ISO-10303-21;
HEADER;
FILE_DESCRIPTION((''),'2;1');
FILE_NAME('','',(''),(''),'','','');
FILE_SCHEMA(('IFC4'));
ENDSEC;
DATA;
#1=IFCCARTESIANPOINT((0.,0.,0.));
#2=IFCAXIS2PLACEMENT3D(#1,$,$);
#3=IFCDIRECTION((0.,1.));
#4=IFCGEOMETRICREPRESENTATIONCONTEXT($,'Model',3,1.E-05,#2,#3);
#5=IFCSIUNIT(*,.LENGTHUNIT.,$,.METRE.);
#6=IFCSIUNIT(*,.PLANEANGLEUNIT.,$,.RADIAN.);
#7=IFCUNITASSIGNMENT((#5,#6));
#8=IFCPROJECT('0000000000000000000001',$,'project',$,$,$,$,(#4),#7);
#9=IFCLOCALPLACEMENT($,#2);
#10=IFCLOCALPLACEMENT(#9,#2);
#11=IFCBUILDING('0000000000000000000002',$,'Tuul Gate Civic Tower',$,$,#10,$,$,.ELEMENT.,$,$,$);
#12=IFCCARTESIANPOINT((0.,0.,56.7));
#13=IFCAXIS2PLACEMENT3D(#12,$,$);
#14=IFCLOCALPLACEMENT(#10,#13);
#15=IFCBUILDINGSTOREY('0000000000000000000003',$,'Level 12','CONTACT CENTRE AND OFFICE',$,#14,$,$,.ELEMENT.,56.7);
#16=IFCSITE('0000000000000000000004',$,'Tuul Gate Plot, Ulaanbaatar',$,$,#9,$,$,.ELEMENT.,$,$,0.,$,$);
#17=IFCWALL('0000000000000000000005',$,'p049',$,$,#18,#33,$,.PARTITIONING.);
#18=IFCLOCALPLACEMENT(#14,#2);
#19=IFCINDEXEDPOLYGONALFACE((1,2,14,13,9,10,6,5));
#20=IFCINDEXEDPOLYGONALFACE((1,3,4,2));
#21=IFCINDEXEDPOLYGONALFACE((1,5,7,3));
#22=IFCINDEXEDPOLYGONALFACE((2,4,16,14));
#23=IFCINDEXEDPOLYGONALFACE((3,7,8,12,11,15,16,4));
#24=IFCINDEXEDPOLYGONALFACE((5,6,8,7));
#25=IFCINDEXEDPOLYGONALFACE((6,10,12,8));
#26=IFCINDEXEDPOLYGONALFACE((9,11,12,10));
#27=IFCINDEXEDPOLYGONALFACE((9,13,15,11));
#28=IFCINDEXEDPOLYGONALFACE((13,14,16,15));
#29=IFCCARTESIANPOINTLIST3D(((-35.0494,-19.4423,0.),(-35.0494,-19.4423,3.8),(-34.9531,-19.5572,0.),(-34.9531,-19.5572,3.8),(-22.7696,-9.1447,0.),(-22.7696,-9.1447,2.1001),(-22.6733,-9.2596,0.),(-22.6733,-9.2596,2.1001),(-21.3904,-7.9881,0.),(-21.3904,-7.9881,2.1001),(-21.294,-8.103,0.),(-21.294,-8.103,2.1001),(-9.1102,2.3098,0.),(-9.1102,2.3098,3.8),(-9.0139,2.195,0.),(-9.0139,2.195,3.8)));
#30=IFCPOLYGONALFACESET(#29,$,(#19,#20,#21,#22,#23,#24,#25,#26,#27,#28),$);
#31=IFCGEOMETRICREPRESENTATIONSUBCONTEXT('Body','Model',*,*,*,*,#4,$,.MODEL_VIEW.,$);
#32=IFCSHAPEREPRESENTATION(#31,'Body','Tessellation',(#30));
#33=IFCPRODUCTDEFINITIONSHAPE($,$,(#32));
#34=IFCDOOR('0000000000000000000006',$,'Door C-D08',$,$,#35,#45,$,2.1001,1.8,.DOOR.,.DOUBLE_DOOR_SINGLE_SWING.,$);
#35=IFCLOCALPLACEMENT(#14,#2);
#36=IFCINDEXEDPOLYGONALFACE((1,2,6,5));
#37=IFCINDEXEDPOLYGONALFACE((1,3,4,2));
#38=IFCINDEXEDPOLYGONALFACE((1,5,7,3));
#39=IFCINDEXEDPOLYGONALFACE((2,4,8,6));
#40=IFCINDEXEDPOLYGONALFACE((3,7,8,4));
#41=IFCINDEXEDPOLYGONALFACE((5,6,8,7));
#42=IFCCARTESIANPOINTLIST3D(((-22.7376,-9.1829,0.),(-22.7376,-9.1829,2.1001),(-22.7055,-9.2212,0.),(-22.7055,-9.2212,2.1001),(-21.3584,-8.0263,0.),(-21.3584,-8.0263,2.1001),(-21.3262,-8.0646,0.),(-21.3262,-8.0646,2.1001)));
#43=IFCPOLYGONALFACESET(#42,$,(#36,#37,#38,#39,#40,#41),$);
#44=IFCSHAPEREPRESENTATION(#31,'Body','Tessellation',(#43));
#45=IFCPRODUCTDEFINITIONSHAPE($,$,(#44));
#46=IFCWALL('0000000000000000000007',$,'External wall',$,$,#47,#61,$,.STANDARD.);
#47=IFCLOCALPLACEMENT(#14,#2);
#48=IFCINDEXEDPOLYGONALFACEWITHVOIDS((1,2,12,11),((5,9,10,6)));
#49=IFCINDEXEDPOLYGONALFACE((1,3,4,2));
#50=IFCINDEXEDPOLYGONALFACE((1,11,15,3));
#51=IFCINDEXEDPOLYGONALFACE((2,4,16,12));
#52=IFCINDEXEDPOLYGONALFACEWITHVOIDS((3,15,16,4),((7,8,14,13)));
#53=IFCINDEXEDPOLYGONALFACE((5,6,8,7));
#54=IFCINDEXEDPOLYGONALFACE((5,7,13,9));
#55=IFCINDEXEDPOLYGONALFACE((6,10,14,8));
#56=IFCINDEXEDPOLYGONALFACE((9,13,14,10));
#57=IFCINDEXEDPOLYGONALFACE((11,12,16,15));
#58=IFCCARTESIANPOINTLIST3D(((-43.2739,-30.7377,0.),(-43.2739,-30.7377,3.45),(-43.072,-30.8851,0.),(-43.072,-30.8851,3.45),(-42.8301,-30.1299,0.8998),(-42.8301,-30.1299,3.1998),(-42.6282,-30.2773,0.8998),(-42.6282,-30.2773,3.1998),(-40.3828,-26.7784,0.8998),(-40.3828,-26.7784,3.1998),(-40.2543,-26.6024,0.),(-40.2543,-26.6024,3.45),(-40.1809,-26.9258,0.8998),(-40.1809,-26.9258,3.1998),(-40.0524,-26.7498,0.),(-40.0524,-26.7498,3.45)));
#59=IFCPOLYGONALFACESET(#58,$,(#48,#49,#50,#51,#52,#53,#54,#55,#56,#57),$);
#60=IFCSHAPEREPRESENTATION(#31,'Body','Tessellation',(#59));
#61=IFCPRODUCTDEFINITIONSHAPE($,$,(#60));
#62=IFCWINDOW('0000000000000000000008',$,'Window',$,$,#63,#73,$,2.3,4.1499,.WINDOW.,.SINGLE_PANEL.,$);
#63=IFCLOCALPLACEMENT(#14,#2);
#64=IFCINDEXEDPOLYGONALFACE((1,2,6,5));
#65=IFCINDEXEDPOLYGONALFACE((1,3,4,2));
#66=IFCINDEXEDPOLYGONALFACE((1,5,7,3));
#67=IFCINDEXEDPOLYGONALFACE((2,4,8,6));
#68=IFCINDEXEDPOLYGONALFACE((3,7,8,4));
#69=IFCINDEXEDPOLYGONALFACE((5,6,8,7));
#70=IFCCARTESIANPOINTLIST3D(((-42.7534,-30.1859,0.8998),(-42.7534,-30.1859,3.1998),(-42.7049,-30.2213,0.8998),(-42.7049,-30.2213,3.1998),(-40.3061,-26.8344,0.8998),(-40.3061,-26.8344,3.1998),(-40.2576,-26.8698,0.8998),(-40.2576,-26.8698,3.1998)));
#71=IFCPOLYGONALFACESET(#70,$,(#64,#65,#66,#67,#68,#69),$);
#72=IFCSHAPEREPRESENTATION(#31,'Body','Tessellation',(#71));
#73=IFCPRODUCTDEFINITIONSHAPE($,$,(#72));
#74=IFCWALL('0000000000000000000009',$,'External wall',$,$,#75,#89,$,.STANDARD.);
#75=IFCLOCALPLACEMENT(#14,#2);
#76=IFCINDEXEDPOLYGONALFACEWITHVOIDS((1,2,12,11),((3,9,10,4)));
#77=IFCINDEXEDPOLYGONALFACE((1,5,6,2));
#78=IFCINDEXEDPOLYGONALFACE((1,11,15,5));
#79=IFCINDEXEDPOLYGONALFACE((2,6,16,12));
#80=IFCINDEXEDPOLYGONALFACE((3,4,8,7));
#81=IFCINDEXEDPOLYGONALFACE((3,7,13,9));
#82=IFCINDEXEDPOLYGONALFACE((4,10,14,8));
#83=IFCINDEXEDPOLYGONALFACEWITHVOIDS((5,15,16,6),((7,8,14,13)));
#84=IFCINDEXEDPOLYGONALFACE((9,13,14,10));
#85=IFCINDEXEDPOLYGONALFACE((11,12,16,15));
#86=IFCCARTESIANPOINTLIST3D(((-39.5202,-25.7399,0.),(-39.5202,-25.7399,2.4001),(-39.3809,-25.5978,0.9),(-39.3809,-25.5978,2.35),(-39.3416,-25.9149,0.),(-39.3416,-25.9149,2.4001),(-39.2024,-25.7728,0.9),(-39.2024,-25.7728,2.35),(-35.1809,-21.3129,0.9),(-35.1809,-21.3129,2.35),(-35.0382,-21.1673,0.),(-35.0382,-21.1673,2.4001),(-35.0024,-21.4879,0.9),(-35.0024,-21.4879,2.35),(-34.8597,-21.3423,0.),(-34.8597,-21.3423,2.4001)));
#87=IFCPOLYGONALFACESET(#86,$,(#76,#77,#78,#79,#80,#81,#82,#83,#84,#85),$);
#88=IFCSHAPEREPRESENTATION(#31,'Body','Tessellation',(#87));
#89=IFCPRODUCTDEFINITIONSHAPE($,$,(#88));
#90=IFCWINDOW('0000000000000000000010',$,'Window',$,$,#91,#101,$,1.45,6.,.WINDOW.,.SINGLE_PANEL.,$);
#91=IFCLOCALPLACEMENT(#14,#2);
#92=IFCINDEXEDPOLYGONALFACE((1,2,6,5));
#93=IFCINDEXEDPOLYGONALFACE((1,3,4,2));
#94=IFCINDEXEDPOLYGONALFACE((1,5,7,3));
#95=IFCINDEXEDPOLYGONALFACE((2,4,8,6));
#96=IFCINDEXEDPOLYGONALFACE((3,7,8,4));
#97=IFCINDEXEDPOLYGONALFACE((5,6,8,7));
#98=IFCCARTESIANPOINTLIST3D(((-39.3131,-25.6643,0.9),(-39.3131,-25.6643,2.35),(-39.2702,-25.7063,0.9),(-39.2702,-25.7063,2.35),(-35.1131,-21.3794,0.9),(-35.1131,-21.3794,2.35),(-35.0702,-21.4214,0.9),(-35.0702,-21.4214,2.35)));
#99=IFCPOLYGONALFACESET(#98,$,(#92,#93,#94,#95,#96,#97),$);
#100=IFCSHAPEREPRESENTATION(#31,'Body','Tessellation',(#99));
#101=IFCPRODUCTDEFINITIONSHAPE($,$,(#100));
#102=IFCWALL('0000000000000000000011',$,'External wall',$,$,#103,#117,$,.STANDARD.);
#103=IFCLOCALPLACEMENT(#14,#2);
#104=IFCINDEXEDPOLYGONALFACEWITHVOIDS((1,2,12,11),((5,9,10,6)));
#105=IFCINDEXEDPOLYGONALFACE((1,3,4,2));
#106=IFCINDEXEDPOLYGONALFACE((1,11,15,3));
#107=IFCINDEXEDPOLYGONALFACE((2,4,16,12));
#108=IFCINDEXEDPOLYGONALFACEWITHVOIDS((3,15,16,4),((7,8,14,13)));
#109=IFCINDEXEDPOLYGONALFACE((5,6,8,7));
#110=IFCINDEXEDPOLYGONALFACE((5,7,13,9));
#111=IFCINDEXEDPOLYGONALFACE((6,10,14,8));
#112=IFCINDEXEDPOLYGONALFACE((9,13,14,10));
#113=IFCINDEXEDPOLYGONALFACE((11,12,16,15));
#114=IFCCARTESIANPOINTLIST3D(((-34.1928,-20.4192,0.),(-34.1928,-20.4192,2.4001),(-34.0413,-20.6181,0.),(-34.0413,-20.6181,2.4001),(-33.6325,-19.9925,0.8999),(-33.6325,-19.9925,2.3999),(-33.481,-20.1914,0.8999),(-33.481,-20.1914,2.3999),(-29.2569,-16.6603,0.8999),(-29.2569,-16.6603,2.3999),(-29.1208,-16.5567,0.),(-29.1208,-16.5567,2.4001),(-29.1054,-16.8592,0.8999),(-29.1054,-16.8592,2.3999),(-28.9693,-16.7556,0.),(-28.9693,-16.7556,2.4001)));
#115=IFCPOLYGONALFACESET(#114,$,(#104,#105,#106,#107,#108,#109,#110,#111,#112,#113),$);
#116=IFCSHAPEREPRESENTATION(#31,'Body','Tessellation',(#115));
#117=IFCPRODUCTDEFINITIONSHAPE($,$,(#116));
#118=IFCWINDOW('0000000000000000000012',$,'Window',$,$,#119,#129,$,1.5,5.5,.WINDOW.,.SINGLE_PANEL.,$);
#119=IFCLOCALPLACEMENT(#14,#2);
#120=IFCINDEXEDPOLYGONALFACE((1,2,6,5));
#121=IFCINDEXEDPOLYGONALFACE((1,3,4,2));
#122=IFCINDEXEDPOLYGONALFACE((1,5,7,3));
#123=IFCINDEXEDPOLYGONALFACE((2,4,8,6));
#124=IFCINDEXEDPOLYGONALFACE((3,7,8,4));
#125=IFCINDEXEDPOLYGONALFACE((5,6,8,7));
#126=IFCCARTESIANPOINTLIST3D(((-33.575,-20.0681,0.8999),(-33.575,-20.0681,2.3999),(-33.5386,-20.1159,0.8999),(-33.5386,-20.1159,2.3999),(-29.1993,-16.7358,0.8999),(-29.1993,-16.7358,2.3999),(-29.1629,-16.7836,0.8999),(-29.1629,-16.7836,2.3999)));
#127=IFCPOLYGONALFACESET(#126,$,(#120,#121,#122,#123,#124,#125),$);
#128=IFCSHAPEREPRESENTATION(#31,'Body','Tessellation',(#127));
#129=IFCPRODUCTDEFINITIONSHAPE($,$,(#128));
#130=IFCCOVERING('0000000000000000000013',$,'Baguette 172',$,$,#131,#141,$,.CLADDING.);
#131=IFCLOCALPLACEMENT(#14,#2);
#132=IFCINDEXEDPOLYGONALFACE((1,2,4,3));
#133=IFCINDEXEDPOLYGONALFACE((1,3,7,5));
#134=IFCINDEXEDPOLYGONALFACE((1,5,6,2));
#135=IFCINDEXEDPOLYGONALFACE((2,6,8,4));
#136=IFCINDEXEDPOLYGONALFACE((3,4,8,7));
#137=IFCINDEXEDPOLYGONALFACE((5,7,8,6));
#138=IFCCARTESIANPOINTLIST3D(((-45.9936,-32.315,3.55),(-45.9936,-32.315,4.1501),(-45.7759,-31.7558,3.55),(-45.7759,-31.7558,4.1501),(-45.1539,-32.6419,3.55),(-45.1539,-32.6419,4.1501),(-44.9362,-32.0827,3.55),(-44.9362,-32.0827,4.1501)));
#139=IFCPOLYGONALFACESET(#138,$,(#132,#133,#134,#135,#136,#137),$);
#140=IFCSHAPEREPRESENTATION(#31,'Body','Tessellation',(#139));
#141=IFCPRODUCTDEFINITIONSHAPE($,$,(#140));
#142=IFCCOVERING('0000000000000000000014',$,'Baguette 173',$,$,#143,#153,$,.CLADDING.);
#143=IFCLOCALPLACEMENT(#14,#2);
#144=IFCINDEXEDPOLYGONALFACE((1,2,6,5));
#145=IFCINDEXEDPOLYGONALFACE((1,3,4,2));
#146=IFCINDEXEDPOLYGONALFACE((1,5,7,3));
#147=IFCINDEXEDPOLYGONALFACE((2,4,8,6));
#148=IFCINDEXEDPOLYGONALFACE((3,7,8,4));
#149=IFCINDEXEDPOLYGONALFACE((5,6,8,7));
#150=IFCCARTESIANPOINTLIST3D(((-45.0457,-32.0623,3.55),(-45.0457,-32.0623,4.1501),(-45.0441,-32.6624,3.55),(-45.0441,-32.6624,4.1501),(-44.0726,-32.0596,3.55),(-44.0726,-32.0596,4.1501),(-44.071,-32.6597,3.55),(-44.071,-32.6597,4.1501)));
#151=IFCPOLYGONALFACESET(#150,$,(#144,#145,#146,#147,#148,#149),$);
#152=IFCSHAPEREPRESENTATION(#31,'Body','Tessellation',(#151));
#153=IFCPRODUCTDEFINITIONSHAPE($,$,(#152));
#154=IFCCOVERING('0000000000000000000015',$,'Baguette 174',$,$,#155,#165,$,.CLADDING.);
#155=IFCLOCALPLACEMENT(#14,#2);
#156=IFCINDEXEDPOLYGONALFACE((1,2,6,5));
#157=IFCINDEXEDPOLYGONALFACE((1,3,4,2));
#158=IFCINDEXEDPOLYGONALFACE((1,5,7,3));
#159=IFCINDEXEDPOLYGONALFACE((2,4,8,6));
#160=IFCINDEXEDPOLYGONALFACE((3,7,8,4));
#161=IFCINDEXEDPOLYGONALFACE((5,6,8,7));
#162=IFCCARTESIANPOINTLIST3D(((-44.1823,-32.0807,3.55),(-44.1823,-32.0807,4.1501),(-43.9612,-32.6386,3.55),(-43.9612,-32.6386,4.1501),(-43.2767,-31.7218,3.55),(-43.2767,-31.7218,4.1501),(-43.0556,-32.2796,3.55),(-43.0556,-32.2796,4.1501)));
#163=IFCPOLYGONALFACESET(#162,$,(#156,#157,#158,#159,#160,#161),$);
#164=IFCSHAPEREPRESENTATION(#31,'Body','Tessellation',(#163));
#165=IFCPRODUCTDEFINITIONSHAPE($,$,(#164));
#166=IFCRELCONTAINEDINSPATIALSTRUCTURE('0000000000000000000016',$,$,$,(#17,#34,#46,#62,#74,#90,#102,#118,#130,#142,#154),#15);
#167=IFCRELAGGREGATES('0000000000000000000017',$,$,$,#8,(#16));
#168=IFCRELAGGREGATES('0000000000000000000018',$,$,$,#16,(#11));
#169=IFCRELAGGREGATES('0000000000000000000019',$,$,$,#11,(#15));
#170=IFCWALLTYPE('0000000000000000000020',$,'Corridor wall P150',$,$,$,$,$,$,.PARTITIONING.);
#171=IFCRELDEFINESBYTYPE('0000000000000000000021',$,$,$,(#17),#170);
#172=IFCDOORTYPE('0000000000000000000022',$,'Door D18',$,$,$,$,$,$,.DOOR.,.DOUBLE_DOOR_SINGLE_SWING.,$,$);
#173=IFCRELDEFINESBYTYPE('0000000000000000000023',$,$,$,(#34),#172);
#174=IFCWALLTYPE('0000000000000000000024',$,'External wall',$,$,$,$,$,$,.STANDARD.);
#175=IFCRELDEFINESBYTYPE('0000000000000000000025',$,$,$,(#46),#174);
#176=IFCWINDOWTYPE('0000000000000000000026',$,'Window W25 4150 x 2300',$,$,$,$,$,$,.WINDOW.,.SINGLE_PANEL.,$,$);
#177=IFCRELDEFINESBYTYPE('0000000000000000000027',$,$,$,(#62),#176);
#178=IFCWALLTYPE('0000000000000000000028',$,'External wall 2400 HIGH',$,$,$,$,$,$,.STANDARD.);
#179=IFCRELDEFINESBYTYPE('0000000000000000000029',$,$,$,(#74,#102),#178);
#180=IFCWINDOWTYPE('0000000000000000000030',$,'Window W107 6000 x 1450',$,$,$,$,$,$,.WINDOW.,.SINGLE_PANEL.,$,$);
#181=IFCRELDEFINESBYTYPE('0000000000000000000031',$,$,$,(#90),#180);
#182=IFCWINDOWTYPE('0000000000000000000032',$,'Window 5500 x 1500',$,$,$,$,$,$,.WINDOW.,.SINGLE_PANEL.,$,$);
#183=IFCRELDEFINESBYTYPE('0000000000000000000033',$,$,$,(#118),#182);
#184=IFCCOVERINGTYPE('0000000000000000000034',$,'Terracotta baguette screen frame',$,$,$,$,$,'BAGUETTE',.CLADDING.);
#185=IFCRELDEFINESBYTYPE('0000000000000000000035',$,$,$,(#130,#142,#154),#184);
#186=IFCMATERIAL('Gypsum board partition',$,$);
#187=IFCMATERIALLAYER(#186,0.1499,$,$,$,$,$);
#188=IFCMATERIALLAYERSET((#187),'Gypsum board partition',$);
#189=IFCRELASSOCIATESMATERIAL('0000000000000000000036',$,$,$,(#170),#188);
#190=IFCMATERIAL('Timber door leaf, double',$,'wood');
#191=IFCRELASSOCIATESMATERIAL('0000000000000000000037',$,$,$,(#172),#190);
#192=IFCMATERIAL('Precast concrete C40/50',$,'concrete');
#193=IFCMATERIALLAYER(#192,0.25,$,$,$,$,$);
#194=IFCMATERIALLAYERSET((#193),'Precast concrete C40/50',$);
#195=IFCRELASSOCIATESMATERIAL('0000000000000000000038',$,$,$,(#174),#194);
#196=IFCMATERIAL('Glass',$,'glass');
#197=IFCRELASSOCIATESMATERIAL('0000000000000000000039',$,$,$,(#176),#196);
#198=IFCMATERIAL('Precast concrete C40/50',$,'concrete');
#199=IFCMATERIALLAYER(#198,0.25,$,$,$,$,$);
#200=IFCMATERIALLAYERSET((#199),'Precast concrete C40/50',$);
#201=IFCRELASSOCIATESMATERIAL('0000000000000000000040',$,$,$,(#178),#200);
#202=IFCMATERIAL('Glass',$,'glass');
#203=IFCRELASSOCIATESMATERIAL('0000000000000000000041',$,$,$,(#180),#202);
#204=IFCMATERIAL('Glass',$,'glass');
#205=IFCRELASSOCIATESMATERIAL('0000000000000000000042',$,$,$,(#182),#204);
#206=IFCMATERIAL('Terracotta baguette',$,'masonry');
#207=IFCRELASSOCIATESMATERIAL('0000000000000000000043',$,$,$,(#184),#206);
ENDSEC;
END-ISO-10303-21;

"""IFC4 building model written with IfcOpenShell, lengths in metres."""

from ifc_helpers import new_model, si_unit, direction, frame, frame_2d, origin, origin_2d, place, context, subcontext, project, spatial, rectangle, extrude, material, layer, layer_set, material_profile, profile_set, type_object, element, fill, save


model = new_model("IFC4")

# Units and contexts
model_context = context("Model", 3, precision=1e-05, world=origin(), true_north=direction((0.0, 1.0)))
body_context = subcontext(model_context, "Body", "Model", "MODEL_VIEW")
ifc_project = project(units=[si_unit("LENGTHUNIT", "METRE"), si_unit("PLANEANGLEUNIT", "RADIAN")], contexts=[model_context])

# Site, building, storey
site_placement = place(None, origin())
site = spatial("IfcSite", under=ifc_project, at=site_placement, Name="Tuul Gate Plot, Ulaanbaatar", CompositionType="ELEMENT", RefElevation=0.0)
building_placement = place(site_placement, origin())
building = spatial("IfcBuilding", under=site, at=building_placement, Name="Tuul Gate Civic Tower", CompositionType="ELEMENT")
storey_placement = place(building_placement, frame((0.0, 0.0, 56.7)))
storey = spatial("IfcBuildingStorey", under=building, at=storey_placement, Name="Level 12", Description="CONTACT CENTRE AND OFFICE", CompositionType="ELEMENT", Elevation=56.7)

# Shared definitions
ifc_material_1 = material(Name="Gypsum board partition")
ifc_layer_1 = layer(ifc_material_1, 0.1499)
ifc_layer_set_1 = layer_set([ifc_layer_1], Name="Gypsum board partition")
wall_type_1 = type_object("IfcWallType", Name="Corridor wall P150", PredefinedType="PARTITIONING", material=ifc_layer_set_1)

# Wall, opening, door
wall_1_placement = place(storey_placement, frame((-35.0012, -19.4998, 0.0), z_axis=(0.0, 0.0, 1.0), x_axis=(0.766239, 0.642556, 0.0)))
wall_1 = element("IfcWall", 1, at=wall_1_placement, inside=storey, type_object=wall_type_1, Name="p049", PredefinedType="PARTITIONING", context=body_context, shape_type="SweptSolid", body=[
    extrude(rectangle(XDim=33.8525, YDim=0.1499, at=frame_2d((16.9263, 0.0))), origin(), (0.0, 0.0, 1.0), 3.8),
])
opening_1_placement = place(wall_1_placement, frame((16.0261, 0.0, 0.0)))
opening_1 = element("IfcOpeningElement", 2, at=opening_1_placement, cuts=wall_1, PredefinedType="OPENING", context=body_context, shape_type="SweptSolid", body=[
    extrude(rectangle(XDim=1.8, YDim=2.1001, at=frame_2d((0.8999, 1.05))), frame((0.0, 0.085, 0.0), z_axis=(0.0, -1.0, 0.0), x_axis=(1.0, 0.0, 0.0)), (0.0, 0.0, 1.0), 0.1699),
])
ifc_material_2 = material(Name="Timber door leaf, double", Category="wood")
door_type = type_object("IfcDoorType", Name="Door D18", OperationType="DOUBLE_DOOR_SINGLE_SWING", PredefinedType="DOOR", material=ifc_material_2)
door_placement = place(opening_1_placement, frame((1.8, 0.0, 0.0), z_axis=(0.0, 0.0, 1.0), x_axis=(-1.0, 0.0, 0.0)))
door = element("IfcDoor", 3, at=door_placement, inside=storey, type_object=door_type, Name="Door C-D08", OperationType="DOUBLE_DOOR_SINGLE_SWING", OverallHeight=2.1001, OverallWidth=1.8, PredefinedType="DOOR", context=body_context, shape_type="SweptSolid", body=[
    extrude(rectangle(XDim=1.8, YDim=2.1001, at=frame_2d((0.9001, 1.05))), frame((0.0, 0.0249, 0.0), z_axis=(0.0, -1.0, 0.0), x_axis=(1.0, 0.0, 0.0)), (0.0, 0.0, 1.0), 0.05),
])
fill(opening_1, door)

# Walls, openings, windows
ifc_material_3 = material(Name="Precast concrete C40/50", Category="concrete")
ifc_layer_2 = layer(ifc_material_3, 0.25)
ifc_layer_set_2 = layer_set([ifc_layer_2], Name="Precast concrete C40/50")
wall_type_2 = type_object("IfcWallType", Name="External wall", PredefinedType="STANDARD", material=ifc_layer_set_2)
wall_2_placement = place(storey_placement, frame((-43.1729, -30.8113, 0.0), z_axis=(0.0, 0.0, 1.0), x_axis=(0.589713, 0.807613, 0.0)))
wall_2 = element("IfcWall", 4, at=wall_2_placement, inside=storey, type_object=wall_type_2, Name="External wall", PredefinedType="STANDARD", context=body_context, shape_type="SweptSolid", body=[
    extrude(rectangle(XDim=5.1204, YDim=0.25, at=frame_2d((2.5601, 0.0))), origin(), (0.0, 0.0, 1.0), 3.45),
])
opening_2_placement = place(wall_2_placement, frame((0.7524, 0.0, 0.8999)))
opening_2 = element("IfcOpeningElement", 5, at=opening_2_placement, cuts=wall_2, PredefinedType="OPENING", context=body_context, shape_type="SweptSolid", body=[
    extrude(rectangle(XDim=4.1499, YDim=2.3, at=frame_2d((2.075, 1.1499))), frame((0.0, 0.135, 0.0), z_axis=(0.0, -1.0, 0.0), x_axis=(1.0, 0.0, 0.0)), (0.0, 0.0, 1.0), 0.27),
])
ifc_material_4 = material(Name="Glass", Category="glass")
window_type_1 = type_object("IfcWindowType", Name="Window W25 4150 x 2300", PartitioningType="SINGLE_PANEL", PredefinedType="WINDOW", material=ifc_material_4)
window_1_placement = place(opening_2_placement, origin())
window_1 = element("IfcWindow", 6, at=window_1_placement, inside=storey, type_object=window_type_1, Name="Window", OverallHeight=2.3, OverallWidth=4.1499, PartitioningType="SINGLE_PANEL", PredefinedType="WINDOW", context=body_context, shape_type="SweptSolid", body=[
    extrude(rectangle(XDim=4.1499, YDim=2.3, at=frame_2d((2.075, 1.1499))), frame((0.0, 0.03, 0.0), z_axis=(0.0, -1.0, 0.0), x_axis=(1.0, 0.0, 0.0)), (0.0, 0.0, 1.0), 0.0601),
])
fill(opening_2, window_1)
ifc_material_5 = material(Name="Precast concrete C40/50", Category="concrete")
ifc_layer_3 = layer(ifc_material_5, 0.25)
ifc_layer_set_3 = layer_set([ifc_layer_3], Name="Precast concrete C40/50")
wall_type_3 = type_object("IfcWallType", Name="External wall 2400 HIGH", PredefinedType="STANDARD", material=ifc_layer_set_3)
wall_3_placement = place(storey_placement, frame((-39.4309, -25.8274, 0.0), z_axis=(0.0, 0.0, 1.0), x_axis=(0.699998, 0.714145, 0.0)))
wall_3 = element("IfcWall", 7, at=wall_3_placement, inside=storey, type_object=wall_type_3, Name="External wall", PredefinedType="STANDARD", context=body_context, shape_type="SweptSolid", body=[
    extrude(rectangle(XDim=6.4028, YDim=0.25, at=frame_2d((3.2014, 0.0))), origin(), (0.0, 0.0, 1.0), 2.4001),
])
opening_3_placement = place(wall_3_placement, frame((0.199, 0.0, 0.8999)))
opening_3 = element("IfcOpeningElement", 8, at=opening_3_placement, cuts=wall_3, PredefinedType="OPENING", context=body_context, shape_type="SweptSolid", body=[
    extrude(rectangle(XDim=6.0, YDim=1.45, at=frame_2d((3.0, 0.7251))), frame((0.0, 0.135, 0.0), z_axis=(0.0, -1.0, 0.0), x_axis=(1.0, 0.0, 0.0)), (0.0, 0.0, 1.0), 0.27),
])
ifc_material_6 = material(Name="Glass", Category="glass")
window_type_2 = type_object("IfcWindowType", Name="Window W107 6000 x 1450", PartitioningType="SINGLE_PANEL", PredefinedType="WINDOW", material=ifc_material_6)
window_2_placement = place(opening_3_placement, origin())
window_2 = element("IfcWindow", 9, at=window_2_placement, inside=storey, type_object=window_type_2, Name="Window", OverallHeight=1.45, OverallWidth=6.0, PartitioningType="SINGLE_PANEL", PredefinedType="WINDOW", context=body_context, shape_type="SweptSolid", body=[
    extrude(rectangle(XDim=6.0, YDim=1.45, at=frame_2d((3.0, 0.7251))), frame((0.0, 0.03, 0.0), z_axis=(0.0, -1.0, 0.0), x_axis=(1.0, 0.0, 0.0)), (0.0, 0.0, 1.0), 0.0601),
])
fill(opening_3, window_2)
wall_4_placement = place(storey_placement, frame((-34.1169, -20.5186, 0.0), z_axis=(0.0, 0.0, 1.0), x_axis=(0.795571, 0.60586, 0.0)))
wall_4 = element("IfcWall", 10, at=wall_4_placement, inside=storey, type_object=wall_type_3, Name="External wall", PredefinedType="STANDARD", context=body_context, shape_type="SweptSolid", body=[
    extrude(rectangle(XDim=6.3752, YDim=0.25, at=frame_2d((3.1875, 0.0))), origin(), (0.0, 0.0, 1.0), 2.4001),
])
opening_4_placement = place(wall_4_placement, frame((0.7041, 0.0, 0.8999)))
opening_4 = element("IfcOpeningElement", 11, at=opening_4_placement, cuts=wall_4, PredefinedType="OPENING", context=body_context, shape_type="SweptSolid", body=[
    extrude(rectangle(XDim=5.5, YDim=1.5, at=frame_2d((2.75, 0.75))), frame((0.0, 0.135, 0.0), z_axis=(0.0, -1.0, 0.0), x_axis=(1.0, 0.0, 0.0)), (0.0, 0.0, 1.0), 0.27),
])
ifc_material_7 = material(Name="Glass", Category="glass")
window_type_3 = type_object("IfcWindowType", Name="Window 5500 x 1500", PartitioningType="SINGLE_PANEL", PredefinedType="WINDOW", material=ifc_material_7)
window_3_placement = place(opening_4_placement, origin())
window_3 = element("IfcWindow", 12, at=window_3_placement, inside=storey, type_object=window_type_3, Name="Window", OverallHeight=1.5, OverallWidth=5.5, PartitioningType="SINGLE_PANEL", PredefinedType="WINDOW", context=body_context, shape_type="SweptSolid", body=[
    extrude(rectangle(XDim=5.5, YDim=1.5, at=frame_2d((2.75, 0.75))), frame((0.0, 0.03, 0.0), z_axis=(0.0, -1.0, 0.0), x_axis=(1.0, 0.0, 0.0)), (0.0, 0.0, 1.0), 0.0601),
])
fill(opening_4, window_3)

# Coverings
ifc_material_8 = material(Name="Terracotta baguette", Category="masonry")
ifc_material_profile_1 = material_profile(ifc_material_8, rectangle(XDim=0.6001, YDim=0.6001, at=origin_2d()), Name="Terracotta baguette screen frame")
ifc_profile_set_1 = profile_set([ifc_material_profile_1], Name="Terracotta baguette")
covering_type = type_object("IfcCoveringType", Name="Terracotta baguette screen frame", ElementType="BAGUETTE", PredefinedType="CLADDING", material=ifc_profile_set_1)
covering_1_placement = place(storey_placement, frame((-45.8848, -32.0354, 3.8501), z_axis=(0.931893, -0.362734, 0.0), x_axis=(0.362734, 0.931893, 0.0)))
element("IfcCovering", 13, at=covering_1_placement, inside=storey, type_object=covering_type, Name="Baguette 172", PredefinedType="CLADDING", context=body_context, shape_type="SweptSolid", body=[
    extrude(rectangle(XDim=0.6001, YDim=0.6001, at=origin_2d()), origin(), (0.0, 0.0, 1.0), 0.9011),
])
covering_2_placement = place(storey_placement, frame((-45.0449, -32.3623, 3.8501), z_axis=(0.999996, 0.00276, 0.0), x_axis=(-0.00276, 0.999996, 0.0)))
element("IfcCovering", 14, at=covering_2_placement, inside=storey, type_object=covering_type, Name="Baguette 173", PredefinedType="CLADDING", context=body_context, shape_type="SweptSolid", body=[
    extrude(rectangle(XDim=0.6001, YDim=0.6001, at=origin_2d()), origin(), (0.0, 0.0, 1.0), 0.9731),
])
covering_3_placement = place(storey_placement, frame((-44.0718, -32.3596, 3.8501), z_axis=(0.929647, 0.36845, 0.0), x_axis=(-0.36845, 0.929647, 0.0)))
element("IfcCovering", 15, at=covering_3_placement, inside=storey, type_object=covering_type, Name="Baguette 174", PredefinedType="CLADDING", context=body_context, shape_type="SweptSolid", body=[
    extrude(rectangle(XDim=0.6001, YDim=0.6001, at=origin_2d()), origin(), (0.0, 0.0, 1.0), 0.9741),
])

save(model, "model.ifc")
